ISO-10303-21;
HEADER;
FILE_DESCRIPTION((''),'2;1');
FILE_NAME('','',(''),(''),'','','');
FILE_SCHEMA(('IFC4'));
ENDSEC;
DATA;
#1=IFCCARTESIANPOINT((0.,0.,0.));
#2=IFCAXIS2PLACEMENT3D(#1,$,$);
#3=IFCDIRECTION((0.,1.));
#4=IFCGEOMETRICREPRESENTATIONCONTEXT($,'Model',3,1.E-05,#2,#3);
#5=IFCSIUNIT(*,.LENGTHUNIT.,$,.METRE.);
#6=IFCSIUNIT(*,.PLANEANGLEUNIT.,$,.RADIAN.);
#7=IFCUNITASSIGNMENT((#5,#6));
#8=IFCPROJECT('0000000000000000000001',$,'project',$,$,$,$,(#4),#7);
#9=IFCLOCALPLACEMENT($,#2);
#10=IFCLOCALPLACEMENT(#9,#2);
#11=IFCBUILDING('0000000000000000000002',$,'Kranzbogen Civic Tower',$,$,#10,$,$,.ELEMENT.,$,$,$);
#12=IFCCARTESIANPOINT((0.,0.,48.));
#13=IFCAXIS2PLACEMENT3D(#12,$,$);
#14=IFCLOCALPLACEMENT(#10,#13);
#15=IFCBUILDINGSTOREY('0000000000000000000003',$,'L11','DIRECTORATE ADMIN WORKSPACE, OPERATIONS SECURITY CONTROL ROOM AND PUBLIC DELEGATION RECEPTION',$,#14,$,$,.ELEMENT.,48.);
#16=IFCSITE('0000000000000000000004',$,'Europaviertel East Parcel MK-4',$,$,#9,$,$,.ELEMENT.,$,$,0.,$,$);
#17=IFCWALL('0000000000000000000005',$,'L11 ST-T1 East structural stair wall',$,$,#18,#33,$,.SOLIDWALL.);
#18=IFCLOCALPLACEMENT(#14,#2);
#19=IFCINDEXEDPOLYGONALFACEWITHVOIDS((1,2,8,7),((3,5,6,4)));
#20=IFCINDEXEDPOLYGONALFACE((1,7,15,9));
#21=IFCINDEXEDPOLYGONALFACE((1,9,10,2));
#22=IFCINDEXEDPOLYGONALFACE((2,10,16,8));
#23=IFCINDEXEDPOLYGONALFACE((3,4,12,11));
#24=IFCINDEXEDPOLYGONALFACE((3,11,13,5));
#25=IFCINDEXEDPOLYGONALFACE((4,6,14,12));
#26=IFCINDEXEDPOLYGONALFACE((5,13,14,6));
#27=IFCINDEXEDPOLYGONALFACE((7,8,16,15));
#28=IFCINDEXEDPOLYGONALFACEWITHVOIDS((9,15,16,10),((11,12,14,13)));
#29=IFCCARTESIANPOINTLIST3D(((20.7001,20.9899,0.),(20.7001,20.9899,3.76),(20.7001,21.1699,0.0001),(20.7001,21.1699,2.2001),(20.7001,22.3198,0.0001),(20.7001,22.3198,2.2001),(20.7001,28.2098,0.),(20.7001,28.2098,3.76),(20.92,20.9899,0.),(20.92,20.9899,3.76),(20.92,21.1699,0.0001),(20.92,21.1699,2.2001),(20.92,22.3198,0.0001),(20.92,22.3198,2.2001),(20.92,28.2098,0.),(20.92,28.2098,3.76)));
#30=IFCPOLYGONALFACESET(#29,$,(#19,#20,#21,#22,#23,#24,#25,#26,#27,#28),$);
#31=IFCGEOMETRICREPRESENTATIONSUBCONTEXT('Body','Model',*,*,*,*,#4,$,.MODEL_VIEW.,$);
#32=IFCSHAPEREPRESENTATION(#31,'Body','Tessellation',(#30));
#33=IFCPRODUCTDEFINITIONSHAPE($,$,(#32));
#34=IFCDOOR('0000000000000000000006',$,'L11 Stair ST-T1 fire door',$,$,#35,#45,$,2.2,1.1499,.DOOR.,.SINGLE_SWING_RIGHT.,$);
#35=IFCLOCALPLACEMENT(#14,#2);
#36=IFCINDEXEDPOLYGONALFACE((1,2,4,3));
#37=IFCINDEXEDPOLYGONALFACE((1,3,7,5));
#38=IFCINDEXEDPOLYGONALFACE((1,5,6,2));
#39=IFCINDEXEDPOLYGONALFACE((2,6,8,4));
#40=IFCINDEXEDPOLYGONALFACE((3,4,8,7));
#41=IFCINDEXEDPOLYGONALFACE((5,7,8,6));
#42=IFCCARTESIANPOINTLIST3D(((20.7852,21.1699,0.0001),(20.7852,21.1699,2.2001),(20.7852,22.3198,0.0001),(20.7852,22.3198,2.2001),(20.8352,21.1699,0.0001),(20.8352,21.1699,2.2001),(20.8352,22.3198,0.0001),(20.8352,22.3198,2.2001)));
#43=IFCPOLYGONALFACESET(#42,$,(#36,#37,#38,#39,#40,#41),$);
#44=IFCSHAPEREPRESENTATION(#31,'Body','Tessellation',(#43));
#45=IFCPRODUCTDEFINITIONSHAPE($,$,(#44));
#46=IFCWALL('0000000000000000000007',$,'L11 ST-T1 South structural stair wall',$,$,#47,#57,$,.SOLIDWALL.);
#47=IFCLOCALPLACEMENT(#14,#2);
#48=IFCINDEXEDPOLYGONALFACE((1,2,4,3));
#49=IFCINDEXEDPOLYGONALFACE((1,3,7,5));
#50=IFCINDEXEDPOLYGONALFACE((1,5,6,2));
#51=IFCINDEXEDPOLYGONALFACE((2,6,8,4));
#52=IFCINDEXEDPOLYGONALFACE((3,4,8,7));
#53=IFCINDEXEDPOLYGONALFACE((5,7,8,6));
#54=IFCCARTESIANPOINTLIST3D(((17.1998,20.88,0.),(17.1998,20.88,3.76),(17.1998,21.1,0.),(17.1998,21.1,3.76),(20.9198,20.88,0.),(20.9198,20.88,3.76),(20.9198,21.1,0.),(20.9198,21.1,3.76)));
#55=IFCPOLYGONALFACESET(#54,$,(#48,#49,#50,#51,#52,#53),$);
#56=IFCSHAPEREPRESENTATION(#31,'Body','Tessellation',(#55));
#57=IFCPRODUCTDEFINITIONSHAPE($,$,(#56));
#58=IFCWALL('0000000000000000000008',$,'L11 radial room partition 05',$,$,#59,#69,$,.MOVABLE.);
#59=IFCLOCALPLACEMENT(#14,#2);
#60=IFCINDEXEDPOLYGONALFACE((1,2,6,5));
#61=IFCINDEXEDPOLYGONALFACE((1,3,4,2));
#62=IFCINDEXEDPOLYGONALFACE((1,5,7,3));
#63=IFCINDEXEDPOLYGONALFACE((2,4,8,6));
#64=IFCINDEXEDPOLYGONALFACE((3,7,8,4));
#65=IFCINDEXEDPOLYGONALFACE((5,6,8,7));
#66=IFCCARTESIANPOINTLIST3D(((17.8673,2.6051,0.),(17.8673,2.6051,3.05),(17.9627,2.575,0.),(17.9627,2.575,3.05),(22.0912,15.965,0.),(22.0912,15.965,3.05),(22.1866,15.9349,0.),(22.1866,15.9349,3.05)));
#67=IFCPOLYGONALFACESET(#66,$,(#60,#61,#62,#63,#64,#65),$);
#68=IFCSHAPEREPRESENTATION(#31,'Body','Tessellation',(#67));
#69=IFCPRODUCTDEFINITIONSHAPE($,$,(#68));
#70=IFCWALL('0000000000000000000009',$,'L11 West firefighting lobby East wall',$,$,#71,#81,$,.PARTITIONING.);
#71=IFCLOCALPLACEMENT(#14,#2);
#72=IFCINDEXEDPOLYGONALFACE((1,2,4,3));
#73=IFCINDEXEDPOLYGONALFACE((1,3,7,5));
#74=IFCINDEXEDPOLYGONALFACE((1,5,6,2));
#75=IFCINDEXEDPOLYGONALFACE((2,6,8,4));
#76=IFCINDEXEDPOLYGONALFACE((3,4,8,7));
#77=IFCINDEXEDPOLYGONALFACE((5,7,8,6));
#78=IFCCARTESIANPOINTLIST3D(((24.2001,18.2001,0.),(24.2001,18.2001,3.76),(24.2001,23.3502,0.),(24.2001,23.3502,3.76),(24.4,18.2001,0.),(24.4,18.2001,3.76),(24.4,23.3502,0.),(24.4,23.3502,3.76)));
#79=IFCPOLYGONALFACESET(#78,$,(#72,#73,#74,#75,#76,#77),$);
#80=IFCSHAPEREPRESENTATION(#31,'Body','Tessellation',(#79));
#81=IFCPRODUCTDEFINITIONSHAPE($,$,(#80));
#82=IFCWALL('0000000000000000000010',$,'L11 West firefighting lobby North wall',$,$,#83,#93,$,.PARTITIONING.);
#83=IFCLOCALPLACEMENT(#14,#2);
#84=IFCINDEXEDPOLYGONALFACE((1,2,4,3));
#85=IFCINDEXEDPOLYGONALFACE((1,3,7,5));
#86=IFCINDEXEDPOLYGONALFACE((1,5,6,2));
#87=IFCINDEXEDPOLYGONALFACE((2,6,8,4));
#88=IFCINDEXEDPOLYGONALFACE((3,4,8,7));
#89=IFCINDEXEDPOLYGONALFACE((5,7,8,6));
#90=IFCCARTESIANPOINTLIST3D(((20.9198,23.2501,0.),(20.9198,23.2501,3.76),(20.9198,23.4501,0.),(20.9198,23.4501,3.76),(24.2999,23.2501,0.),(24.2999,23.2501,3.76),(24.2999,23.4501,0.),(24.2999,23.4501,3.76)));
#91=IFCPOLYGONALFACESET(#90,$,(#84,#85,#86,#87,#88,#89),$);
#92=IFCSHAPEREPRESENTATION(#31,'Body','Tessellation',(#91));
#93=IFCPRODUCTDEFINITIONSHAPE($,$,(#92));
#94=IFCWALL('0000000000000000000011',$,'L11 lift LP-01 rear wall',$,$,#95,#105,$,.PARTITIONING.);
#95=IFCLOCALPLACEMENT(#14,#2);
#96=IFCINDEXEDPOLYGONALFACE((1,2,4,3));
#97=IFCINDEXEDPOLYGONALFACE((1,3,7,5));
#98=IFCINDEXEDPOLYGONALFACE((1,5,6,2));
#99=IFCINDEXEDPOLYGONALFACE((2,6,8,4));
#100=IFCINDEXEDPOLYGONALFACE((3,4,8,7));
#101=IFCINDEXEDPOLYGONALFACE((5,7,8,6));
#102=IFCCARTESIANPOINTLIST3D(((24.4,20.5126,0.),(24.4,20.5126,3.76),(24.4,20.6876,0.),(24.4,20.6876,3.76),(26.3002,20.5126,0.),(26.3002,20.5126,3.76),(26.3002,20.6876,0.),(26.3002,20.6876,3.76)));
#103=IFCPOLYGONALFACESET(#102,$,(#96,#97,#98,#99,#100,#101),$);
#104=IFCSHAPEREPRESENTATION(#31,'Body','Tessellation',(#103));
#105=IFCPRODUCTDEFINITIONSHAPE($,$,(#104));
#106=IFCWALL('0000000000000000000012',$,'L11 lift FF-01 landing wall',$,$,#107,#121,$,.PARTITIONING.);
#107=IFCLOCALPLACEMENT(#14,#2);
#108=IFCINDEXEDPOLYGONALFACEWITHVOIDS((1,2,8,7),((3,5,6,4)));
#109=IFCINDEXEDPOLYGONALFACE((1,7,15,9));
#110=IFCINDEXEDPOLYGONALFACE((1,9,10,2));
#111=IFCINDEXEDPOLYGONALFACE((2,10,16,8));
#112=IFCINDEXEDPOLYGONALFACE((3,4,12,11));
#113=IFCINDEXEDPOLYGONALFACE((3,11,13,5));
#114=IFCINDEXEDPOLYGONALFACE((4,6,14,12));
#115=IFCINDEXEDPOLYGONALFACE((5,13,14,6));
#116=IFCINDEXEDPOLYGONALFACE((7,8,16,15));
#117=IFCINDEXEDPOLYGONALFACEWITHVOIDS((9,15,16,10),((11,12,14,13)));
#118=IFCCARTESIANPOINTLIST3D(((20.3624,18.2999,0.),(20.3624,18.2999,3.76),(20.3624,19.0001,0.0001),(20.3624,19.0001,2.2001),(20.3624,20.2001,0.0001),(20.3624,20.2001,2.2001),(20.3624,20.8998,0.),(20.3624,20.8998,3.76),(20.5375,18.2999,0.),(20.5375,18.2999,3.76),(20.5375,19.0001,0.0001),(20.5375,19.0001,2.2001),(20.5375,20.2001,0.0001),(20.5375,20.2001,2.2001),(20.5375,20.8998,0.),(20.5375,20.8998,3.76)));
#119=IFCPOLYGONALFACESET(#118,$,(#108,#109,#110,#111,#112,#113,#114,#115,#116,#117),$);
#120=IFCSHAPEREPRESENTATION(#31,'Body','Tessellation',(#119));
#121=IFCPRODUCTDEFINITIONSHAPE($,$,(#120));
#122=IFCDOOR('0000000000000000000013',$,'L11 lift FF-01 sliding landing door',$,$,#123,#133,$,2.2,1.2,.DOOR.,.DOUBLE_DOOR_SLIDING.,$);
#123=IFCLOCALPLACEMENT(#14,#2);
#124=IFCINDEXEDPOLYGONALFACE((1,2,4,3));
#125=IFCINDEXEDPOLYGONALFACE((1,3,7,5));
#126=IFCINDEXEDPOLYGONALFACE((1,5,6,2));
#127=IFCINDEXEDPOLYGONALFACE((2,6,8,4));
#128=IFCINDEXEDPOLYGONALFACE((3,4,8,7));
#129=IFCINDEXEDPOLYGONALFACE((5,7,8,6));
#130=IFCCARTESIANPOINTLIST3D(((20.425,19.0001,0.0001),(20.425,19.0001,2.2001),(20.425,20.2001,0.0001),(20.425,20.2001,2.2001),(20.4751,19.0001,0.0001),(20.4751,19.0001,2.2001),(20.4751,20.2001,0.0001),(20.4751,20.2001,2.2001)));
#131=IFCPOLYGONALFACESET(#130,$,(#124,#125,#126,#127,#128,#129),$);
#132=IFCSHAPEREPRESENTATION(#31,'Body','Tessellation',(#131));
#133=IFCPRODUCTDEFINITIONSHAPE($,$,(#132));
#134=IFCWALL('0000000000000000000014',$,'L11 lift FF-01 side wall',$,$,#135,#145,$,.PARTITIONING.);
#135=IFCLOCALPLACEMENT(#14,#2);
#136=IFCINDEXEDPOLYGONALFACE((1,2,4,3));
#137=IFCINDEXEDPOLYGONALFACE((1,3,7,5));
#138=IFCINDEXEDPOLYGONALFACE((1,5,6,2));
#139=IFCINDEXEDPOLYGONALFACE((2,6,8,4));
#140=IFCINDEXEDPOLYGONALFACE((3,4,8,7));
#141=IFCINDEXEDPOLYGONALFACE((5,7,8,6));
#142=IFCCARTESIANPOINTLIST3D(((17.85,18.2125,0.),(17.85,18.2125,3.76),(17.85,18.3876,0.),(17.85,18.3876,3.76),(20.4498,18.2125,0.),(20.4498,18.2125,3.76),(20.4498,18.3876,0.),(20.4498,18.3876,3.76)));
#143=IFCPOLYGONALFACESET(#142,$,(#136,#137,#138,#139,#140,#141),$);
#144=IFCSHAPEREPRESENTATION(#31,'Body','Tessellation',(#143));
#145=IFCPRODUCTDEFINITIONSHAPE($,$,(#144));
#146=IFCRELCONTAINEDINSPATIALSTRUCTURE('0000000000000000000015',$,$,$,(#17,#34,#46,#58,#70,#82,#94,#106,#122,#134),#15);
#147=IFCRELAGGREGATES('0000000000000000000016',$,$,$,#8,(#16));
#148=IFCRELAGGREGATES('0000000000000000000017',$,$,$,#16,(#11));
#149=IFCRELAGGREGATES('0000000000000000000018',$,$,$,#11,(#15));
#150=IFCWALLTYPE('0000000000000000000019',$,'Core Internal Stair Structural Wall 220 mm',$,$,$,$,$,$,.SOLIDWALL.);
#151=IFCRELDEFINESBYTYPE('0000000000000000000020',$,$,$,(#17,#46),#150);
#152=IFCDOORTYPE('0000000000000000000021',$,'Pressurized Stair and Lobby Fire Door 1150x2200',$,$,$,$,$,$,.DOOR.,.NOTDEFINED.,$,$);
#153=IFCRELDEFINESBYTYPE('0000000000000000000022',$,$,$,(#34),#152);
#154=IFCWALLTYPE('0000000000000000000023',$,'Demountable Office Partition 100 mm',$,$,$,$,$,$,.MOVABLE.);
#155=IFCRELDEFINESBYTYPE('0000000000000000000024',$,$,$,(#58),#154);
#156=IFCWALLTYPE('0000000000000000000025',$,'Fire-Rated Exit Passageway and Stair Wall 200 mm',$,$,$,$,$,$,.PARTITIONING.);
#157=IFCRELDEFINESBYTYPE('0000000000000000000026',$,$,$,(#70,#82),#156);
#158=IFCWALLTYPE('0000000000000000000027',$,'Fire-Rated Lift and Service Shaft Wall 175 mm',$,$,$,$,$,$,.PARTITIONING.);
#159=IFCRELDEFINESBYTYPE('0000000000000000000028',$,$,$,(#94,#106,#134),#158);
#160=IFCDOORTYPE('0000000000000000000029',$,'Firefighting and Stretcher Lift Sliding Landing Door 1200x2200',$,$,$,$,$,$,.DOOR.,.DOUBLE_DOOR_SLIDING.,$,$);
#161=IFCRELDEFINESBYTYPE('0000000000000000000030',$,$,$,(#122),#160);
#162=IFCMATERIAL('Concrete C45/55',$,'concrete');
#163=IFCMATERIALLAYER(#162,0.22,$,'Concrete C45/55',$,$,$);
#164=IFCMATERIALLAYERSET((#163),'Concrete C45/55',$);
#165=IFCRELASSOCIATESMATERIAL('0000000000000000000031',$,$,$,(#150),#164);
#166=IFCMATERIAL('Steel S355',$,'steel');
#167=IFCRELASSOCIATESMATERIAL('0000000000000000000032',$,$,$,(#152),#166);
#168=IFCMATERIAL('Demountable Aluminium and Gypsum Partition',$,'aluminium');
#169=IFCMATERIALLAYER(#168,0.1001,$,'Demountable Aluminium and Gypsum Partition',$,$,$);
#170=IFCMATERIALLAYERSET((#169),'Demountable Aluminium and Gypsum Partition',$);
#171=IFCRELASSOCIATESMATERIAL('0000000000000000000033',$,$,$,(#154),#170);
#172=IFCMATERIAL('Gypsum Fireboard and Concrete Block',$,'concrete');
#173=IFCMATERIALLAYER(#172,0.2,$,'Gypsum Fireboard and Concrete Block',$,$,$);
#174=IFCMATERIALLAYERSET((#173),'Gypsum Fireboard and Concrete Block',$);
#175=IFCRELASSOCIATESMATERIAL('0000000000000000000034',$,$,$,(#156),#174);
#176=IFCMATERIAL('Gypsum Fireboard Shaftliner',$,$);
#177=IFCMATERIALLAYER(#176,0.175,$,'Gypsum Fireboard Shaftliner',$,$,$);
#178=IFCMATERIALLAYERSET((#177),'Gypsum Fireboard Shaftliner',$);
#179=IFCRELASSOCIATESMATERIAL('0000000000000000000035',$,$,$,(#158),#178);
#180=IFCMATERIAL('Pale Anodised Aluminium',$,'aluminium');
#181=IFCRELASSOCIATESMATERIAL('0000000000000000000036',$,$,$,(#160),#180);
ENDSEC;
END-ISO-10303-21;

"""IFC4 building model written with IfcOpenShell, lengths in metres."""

from ifc_helpers import new_model, si_unit, direction, frame, frame_2d, origin, place, context, subcontext, project, spatial, rectangle, extrude, material, layer, layer_set, type_object, element, fill, save


model = new_model("IFC4")

# Units and contexts
model_context = context("Model", 3, precision=1e-05, world=origin(), true_north=direction((0.0, 1.0)))
body_context = subcontext(model_context, "Body", "Model", "MODEL_VIEW")
ifc_project = project(units=[si_unit("LENGTHUNIT", "METRE"), si_unit("PLANEANGLEUNIT", "RADIAN")], contexts=[model_context])

# Site, building, storey
site_placement = place(None, origin())
site = spatial("IfcSite", under=ifc_project, at=site_placement, Name="Europaviertel East Parcel MK-4", CompositionType="ELEMENT", RefElevation=0.0)
building_placement = place(site_placement, origin())
building = spatial("IfcBuilding", under=site, at=building_placement, Name="Kranzbogen Civic Tower", CompositionType="ELEMENT")
storey_placement = place(building_placement, frame((0.0, 0.0, 48.0)))
storey = spatial("IfcBuildingStorey", under=building, at=storey_placement, Name="L11", Description="DIRECTORATE ADMIN WORKSPACE, OPERATIONS SECURITY CONTROL ROOM AND PUBLIC DELEGATION RECEPTION", CompositionType="ELEMENT", Elevation=48.0)

# Shared definitions
ifc_material_1 = material(Name="Steel S355", Category="steel")

# Shared definitions
ifc_material_2 = material(Name="Pale Anodised Aluminium", Category="aluminium")

# Wall, opening, door
ifc_material_3 = material(Name="Concrete C45/55", Category="concrete")
ifc_layer_1 = layer(ifc_material_3, 0.22, Name="Concrete C45/55")
ifc_layer_set_1 = layer_set([ifc_layer_1], Name="Concrete C45/55")
wall_type_1 = type_object("IfcWallType", Name="Core Internal Stair Structural Wall 220 mm", PredefinedType="SOLIDWALL", material=ifc_layer_set_1)
wall_1_placement = place(storey_placement, frame((20.8101, 20.99, 0.0), z_axis=(0.0, 0.0, 1.0), x_axis=(0.0, 1.0, 0.0)))
wall_1 = element("IfcWall", 1, at=wall_1_placement, inside=storey, type_object=wall_type_1, Name="L11 ST-T1 East structural stair wall", PredefinedType="SOLIDWALL", context=body_context, shape_type="SweptSolid", body=[
    extrude(rectangle(XDim=7.22, YDim=0.22, at=frame_2d((3.6099, 0.0))), origin(), (0.0, 0.0, 1.0), 3.76),
])
opening_1_placement = place(wall_1_placement, frame((0.1799, 0.0, 0.0)))
opening_1 = element("IfcOpeningElement", 2, at=opening_1_placement, cuts=wall_1, PredefinedType="OPENING", context=body_context, shape_type="SweptSolid", body=[
    extrude(rectangle(XDim=1.1499, YDim=2.2, at=frame_2d((0.575, 1.1001))), frame((0.0, 0.1201, 0.0), z_axis=(0.0, -1.0, 0.0), x_axis=(1.0, 0.0, 0.0)), (0.0, 0.0, 1.0), 0.24),
])
door_type_1 = type_object("IfcDoorType", Name="Pressurized Stair and Lobby Fire Door 1150x2200", OperationType="NOTDEFINED", PredefinedType="DOOR", material=ifc_material_1)
door_1_placement = place(opening_1_placement, origin())
door_1 = element("IfcDoor", 3, at=door_1_placement, inside=storey, type_object=door_type_1, Name="L11 Stair ST-T1 fire door", OperationType="SINGLE_SWING_RIGHT", OverallHeight=2.2, OverallWidth=1.1499, PredefinedType="DOOR", context=body_context, shape_type="SweptSolid", body=[
    extrude(rectangle(XDim=1.1499, YDim=2.2, at=frame_2d((0.575, 1.1001))), frame((0.0, 0.0249, 0.0), z_axis=(0.0, -1.0, 0.0), x_axis=(1.0, 0.0, 0.0)), (0.0, 0.0, 1.0), 0.05),
])
fill(opening_1, door_1)

# Walls
wall_2_placement = place(storey_placement, frame((17.2, 20.99, 0.0), z_axis=(0.0, 0.0, 1.0), x_axis=(1.0, 0.0, 0.0)))
element("IfcWall", 4, at=wall_2_placement, inside=storey, type_object=wall_type_1, Name="L11 ST-T1 South structural stair wall", PredefinedType="SOLIDWALL", context=body_context, shape_type="SweptSolid", body=[
    extrude(rectangle(XDim=3.72, YDim=0.22, at=frame_2d((1.8599, 0.0))), origin(), (0.0, 0.0, 1.0), 3.76),
])
ifc_material_4 = material(Name="Demountable Aluminium and Gypsum Partition", Category="aluminium")
ifc_layer_2 = layer(ifc_material_4, 0.1001, Name="Demountable Aluminium and Gypsum Partition")
ifc_layer_set_2 = layer_set([ifc_layer_2], Name="Demountable Aluminium and Gypsum Partition")
wall_type_2 = type_object("IfcWallType", Name="Demountable Office Partition 100 mm", PredefinedType="MOVABLE", material=ifc_layer_set_2)
wall_3_placement = place(storey_placement, frame((22.1389, 15.95, 0.0), z_axis=(0.0, 0.0, 1.0), x_axis=(-0.301454, -0.953481, 0.0)))
element("IfcWall", 5, at=wall_3_placement, inside=storey, type_object=wall_type_2, Name="L11 radial room partition 05", PredefinedType="MOVABLE", context=body_context, shape_type="SweptSolid", body=[
    extrude(rectangle(XDim=14.0117, YDim=0.1001, at=frame_2d((7.0059, 0.0))), origin(), (0.0, 0.0, 1.0), 3.05),
])
ifc_material_5 = material(Name="Gypsum Fireboard and Concrete Block", Category="concrete")
ifc_layer_3 = layer(ifc_material_5, 0.2, Name="Gypsum Fireboard and Concrete Block")
ifc_layer_set_3 = layer_set([ifc_layer_3], Name="Gypsum Fireboard and Concrete Block")
wall_type_3 = type_object("IfcWallType", Name="Fire-Rated Exit Passageway and Stair Wall 200 mm", PredefinedType="PARTITIONING", material=ifc_layer_set_3)
wall_4_placement = place(storey_placement, frame((24.3, 18.2, 0.0), z_axis=(0.0, 0.0, 1.0), x_axis=(0.0, 1.0, 0.0)))
element("IfcWall", 6, at=wall_4_placement, inside=storey, type_object=wall_type_3, Name="L11 West firefighting lobby East wall", PredefinedType="PARTITIONING", context=body_context, shape_type="SweptSolid", body=[
    extrude(rectangle(XDim=5.1501, YDim=0.2, at=frame_2d((2.5752, 0.0))), origin(), (0.0, 0.0, 1.0), 3.76),
])
wall_5_placement = place(storey_placement, frame((20.9199, 23.3501, 0.0), z_axis=(0.0, 0.0, 1.0), x_axis=(1.0, 0.0, 0.0)))
element("IfcWall", 7, at=wall_5_placement, inside=storey, type_object=wall_type_3, Name="L11 West firefighting lobby North wall", PredefinedType="PARTITIONING", context=body_context, shape_type="SweptSolid", body=[
    extrude(rectangle(XDim=3.3801, YDim=0.2, at=frame_2d((1.6899, 0.0))), origin(), (0.0, 0.0, 1.0), 3.76),
])
ifc_material_6 = material(Name="Gypsum Fireboard Shaftliner")
ifc_layer_4 = layer(ifc_material_6, 0.175, Name="Gypsum Fireboard Shaftliner")
ifc_layer_set_4 = layer_set([ifc_layer_4], Name="Gypsum Fireboard Shaftliner")
wall_type_4 = type_object("IfcWallType", Name="Fire-Rated Lift and Service Shaft Wall 175 mm", PredefinedType="PARTITIONING", material=ifc_layer_set_4)
wall_6_placement = place(storey_placement, frame((24.3999, 20.6001, 0.0), z_axis=(0.0, 0.0, 1.0), x_axis=(1.0, 0.0, 0.0)))
element("IfcWall", 8, at=wall_6_placement, inside=storey, type_object=wall_type_4, Name="L11 lift LP-01 rear wall", PredefinedType="PARTITIONING", context=body_context, shape_type="SweptSolid", body=[
    extrude(rectangle(XDim=1.9001, YDim=0.175, at=frame_2d((0.9502, 0.0))), origin(), (0.0, 0.0, 1.0), 3.76),
])

# Wall, opening, door
wall_7_placement = place(storey_placement, frame((20.45, 18.3, 0.0), z_axis=(0.0, 0.0, 1.0), x_axis=(0.0, 1.0, 0.0)))
wall_7 = element("IfcWall", 9, at=wall_7_placement, inside=storey, type_object=wall_type_4, Name="L11 lift FF-01 landing wall", PredefinedType="PARTITIONING", context=body_context, shape_type="SweptSolid", body=[
    extrude(rectangle(XDim=2.5999, YDim=0.175, at=frame_2d((1.2998, 0.0))), origin(), (0.0, 0.0, 1.0), 3.76),
])
opening_2_placement = place(wall_7_placement, frame((0.7, 0.0, 0.0)))
opening_2 = element("IfcOpeningElement", 10, at=opening_2_placement, cuts=wall_7, PredefinedType="OPENING", context=body_context, shape_type="SweptSolid", body=[
    extrude(rectangle(XDim=1.2, YDim=2.2, at=frame_2d((0.6001, 1.1001))), frame((0.0, 0.0977, 0.0), z_axis=(0.0, -1.0, 0.0), x_axis=(1.0, 0.0, 0.0)), (0.0, 0.0, 1.0), 0.1951),
])
door_type_2 = type_object("IfcDoorType", Name="Firefighting and Stretcher Lift Sliding Landing Door 1200x2200", OperationType="DOUBLE_DOOR_SLIDING", PredefinedType="DOOR", material=ifc_material_2)
door_2_placement = place(opening_2_placement, origin())
door_2 = element("IfcDoor", 11, at=door_2_placement, inside=storey, type_object=door_type_2, Name="L11 lift FF-01 sliding landing door", OperationType="DOUBLE_DOOR_SLIDING", OverallHeight=2.2, OverallWidth=1.2, PredefinedType="DOOR", context=body_context, shape_type="SweptSolid", body=[
    extrude(rectangle(XDim=1.2, YDim=2.2, at=frame_2d((0.6001, 1.1001))), frame((0.0, 0.0249, 0.0), z_axis=(0.0, -1.0, 0.0), x_axis=(1.0, 0.0, 0.0)), (0.0, 0.0, 1.0), 0.05),
])
fill(opening_2, door_2)

# Wall
wall_8_placement = place(storey_placement, frame((17.8501, 18.3, 0.0), z_axis=(0.0, 0.0, 1.0), x_axis=(1.0, 0.0, 0.0)))
element("IfcWall", 12, at=wall_8_placement, inside=storey, type_object=wall_type_4, Name="L11 lift FF-01 side wall", PredefinedType="PARTITIONING", context=body_context, shape_type="SweptSolid", body=[
    extrude(rectangle(XDim=2.5999, YDim=0.175, at=frame_2d((1.2998, 0.0))), origin(), (0.0, 0.0, 1.0), 3.76),
])

save(model, "model.ifc")
